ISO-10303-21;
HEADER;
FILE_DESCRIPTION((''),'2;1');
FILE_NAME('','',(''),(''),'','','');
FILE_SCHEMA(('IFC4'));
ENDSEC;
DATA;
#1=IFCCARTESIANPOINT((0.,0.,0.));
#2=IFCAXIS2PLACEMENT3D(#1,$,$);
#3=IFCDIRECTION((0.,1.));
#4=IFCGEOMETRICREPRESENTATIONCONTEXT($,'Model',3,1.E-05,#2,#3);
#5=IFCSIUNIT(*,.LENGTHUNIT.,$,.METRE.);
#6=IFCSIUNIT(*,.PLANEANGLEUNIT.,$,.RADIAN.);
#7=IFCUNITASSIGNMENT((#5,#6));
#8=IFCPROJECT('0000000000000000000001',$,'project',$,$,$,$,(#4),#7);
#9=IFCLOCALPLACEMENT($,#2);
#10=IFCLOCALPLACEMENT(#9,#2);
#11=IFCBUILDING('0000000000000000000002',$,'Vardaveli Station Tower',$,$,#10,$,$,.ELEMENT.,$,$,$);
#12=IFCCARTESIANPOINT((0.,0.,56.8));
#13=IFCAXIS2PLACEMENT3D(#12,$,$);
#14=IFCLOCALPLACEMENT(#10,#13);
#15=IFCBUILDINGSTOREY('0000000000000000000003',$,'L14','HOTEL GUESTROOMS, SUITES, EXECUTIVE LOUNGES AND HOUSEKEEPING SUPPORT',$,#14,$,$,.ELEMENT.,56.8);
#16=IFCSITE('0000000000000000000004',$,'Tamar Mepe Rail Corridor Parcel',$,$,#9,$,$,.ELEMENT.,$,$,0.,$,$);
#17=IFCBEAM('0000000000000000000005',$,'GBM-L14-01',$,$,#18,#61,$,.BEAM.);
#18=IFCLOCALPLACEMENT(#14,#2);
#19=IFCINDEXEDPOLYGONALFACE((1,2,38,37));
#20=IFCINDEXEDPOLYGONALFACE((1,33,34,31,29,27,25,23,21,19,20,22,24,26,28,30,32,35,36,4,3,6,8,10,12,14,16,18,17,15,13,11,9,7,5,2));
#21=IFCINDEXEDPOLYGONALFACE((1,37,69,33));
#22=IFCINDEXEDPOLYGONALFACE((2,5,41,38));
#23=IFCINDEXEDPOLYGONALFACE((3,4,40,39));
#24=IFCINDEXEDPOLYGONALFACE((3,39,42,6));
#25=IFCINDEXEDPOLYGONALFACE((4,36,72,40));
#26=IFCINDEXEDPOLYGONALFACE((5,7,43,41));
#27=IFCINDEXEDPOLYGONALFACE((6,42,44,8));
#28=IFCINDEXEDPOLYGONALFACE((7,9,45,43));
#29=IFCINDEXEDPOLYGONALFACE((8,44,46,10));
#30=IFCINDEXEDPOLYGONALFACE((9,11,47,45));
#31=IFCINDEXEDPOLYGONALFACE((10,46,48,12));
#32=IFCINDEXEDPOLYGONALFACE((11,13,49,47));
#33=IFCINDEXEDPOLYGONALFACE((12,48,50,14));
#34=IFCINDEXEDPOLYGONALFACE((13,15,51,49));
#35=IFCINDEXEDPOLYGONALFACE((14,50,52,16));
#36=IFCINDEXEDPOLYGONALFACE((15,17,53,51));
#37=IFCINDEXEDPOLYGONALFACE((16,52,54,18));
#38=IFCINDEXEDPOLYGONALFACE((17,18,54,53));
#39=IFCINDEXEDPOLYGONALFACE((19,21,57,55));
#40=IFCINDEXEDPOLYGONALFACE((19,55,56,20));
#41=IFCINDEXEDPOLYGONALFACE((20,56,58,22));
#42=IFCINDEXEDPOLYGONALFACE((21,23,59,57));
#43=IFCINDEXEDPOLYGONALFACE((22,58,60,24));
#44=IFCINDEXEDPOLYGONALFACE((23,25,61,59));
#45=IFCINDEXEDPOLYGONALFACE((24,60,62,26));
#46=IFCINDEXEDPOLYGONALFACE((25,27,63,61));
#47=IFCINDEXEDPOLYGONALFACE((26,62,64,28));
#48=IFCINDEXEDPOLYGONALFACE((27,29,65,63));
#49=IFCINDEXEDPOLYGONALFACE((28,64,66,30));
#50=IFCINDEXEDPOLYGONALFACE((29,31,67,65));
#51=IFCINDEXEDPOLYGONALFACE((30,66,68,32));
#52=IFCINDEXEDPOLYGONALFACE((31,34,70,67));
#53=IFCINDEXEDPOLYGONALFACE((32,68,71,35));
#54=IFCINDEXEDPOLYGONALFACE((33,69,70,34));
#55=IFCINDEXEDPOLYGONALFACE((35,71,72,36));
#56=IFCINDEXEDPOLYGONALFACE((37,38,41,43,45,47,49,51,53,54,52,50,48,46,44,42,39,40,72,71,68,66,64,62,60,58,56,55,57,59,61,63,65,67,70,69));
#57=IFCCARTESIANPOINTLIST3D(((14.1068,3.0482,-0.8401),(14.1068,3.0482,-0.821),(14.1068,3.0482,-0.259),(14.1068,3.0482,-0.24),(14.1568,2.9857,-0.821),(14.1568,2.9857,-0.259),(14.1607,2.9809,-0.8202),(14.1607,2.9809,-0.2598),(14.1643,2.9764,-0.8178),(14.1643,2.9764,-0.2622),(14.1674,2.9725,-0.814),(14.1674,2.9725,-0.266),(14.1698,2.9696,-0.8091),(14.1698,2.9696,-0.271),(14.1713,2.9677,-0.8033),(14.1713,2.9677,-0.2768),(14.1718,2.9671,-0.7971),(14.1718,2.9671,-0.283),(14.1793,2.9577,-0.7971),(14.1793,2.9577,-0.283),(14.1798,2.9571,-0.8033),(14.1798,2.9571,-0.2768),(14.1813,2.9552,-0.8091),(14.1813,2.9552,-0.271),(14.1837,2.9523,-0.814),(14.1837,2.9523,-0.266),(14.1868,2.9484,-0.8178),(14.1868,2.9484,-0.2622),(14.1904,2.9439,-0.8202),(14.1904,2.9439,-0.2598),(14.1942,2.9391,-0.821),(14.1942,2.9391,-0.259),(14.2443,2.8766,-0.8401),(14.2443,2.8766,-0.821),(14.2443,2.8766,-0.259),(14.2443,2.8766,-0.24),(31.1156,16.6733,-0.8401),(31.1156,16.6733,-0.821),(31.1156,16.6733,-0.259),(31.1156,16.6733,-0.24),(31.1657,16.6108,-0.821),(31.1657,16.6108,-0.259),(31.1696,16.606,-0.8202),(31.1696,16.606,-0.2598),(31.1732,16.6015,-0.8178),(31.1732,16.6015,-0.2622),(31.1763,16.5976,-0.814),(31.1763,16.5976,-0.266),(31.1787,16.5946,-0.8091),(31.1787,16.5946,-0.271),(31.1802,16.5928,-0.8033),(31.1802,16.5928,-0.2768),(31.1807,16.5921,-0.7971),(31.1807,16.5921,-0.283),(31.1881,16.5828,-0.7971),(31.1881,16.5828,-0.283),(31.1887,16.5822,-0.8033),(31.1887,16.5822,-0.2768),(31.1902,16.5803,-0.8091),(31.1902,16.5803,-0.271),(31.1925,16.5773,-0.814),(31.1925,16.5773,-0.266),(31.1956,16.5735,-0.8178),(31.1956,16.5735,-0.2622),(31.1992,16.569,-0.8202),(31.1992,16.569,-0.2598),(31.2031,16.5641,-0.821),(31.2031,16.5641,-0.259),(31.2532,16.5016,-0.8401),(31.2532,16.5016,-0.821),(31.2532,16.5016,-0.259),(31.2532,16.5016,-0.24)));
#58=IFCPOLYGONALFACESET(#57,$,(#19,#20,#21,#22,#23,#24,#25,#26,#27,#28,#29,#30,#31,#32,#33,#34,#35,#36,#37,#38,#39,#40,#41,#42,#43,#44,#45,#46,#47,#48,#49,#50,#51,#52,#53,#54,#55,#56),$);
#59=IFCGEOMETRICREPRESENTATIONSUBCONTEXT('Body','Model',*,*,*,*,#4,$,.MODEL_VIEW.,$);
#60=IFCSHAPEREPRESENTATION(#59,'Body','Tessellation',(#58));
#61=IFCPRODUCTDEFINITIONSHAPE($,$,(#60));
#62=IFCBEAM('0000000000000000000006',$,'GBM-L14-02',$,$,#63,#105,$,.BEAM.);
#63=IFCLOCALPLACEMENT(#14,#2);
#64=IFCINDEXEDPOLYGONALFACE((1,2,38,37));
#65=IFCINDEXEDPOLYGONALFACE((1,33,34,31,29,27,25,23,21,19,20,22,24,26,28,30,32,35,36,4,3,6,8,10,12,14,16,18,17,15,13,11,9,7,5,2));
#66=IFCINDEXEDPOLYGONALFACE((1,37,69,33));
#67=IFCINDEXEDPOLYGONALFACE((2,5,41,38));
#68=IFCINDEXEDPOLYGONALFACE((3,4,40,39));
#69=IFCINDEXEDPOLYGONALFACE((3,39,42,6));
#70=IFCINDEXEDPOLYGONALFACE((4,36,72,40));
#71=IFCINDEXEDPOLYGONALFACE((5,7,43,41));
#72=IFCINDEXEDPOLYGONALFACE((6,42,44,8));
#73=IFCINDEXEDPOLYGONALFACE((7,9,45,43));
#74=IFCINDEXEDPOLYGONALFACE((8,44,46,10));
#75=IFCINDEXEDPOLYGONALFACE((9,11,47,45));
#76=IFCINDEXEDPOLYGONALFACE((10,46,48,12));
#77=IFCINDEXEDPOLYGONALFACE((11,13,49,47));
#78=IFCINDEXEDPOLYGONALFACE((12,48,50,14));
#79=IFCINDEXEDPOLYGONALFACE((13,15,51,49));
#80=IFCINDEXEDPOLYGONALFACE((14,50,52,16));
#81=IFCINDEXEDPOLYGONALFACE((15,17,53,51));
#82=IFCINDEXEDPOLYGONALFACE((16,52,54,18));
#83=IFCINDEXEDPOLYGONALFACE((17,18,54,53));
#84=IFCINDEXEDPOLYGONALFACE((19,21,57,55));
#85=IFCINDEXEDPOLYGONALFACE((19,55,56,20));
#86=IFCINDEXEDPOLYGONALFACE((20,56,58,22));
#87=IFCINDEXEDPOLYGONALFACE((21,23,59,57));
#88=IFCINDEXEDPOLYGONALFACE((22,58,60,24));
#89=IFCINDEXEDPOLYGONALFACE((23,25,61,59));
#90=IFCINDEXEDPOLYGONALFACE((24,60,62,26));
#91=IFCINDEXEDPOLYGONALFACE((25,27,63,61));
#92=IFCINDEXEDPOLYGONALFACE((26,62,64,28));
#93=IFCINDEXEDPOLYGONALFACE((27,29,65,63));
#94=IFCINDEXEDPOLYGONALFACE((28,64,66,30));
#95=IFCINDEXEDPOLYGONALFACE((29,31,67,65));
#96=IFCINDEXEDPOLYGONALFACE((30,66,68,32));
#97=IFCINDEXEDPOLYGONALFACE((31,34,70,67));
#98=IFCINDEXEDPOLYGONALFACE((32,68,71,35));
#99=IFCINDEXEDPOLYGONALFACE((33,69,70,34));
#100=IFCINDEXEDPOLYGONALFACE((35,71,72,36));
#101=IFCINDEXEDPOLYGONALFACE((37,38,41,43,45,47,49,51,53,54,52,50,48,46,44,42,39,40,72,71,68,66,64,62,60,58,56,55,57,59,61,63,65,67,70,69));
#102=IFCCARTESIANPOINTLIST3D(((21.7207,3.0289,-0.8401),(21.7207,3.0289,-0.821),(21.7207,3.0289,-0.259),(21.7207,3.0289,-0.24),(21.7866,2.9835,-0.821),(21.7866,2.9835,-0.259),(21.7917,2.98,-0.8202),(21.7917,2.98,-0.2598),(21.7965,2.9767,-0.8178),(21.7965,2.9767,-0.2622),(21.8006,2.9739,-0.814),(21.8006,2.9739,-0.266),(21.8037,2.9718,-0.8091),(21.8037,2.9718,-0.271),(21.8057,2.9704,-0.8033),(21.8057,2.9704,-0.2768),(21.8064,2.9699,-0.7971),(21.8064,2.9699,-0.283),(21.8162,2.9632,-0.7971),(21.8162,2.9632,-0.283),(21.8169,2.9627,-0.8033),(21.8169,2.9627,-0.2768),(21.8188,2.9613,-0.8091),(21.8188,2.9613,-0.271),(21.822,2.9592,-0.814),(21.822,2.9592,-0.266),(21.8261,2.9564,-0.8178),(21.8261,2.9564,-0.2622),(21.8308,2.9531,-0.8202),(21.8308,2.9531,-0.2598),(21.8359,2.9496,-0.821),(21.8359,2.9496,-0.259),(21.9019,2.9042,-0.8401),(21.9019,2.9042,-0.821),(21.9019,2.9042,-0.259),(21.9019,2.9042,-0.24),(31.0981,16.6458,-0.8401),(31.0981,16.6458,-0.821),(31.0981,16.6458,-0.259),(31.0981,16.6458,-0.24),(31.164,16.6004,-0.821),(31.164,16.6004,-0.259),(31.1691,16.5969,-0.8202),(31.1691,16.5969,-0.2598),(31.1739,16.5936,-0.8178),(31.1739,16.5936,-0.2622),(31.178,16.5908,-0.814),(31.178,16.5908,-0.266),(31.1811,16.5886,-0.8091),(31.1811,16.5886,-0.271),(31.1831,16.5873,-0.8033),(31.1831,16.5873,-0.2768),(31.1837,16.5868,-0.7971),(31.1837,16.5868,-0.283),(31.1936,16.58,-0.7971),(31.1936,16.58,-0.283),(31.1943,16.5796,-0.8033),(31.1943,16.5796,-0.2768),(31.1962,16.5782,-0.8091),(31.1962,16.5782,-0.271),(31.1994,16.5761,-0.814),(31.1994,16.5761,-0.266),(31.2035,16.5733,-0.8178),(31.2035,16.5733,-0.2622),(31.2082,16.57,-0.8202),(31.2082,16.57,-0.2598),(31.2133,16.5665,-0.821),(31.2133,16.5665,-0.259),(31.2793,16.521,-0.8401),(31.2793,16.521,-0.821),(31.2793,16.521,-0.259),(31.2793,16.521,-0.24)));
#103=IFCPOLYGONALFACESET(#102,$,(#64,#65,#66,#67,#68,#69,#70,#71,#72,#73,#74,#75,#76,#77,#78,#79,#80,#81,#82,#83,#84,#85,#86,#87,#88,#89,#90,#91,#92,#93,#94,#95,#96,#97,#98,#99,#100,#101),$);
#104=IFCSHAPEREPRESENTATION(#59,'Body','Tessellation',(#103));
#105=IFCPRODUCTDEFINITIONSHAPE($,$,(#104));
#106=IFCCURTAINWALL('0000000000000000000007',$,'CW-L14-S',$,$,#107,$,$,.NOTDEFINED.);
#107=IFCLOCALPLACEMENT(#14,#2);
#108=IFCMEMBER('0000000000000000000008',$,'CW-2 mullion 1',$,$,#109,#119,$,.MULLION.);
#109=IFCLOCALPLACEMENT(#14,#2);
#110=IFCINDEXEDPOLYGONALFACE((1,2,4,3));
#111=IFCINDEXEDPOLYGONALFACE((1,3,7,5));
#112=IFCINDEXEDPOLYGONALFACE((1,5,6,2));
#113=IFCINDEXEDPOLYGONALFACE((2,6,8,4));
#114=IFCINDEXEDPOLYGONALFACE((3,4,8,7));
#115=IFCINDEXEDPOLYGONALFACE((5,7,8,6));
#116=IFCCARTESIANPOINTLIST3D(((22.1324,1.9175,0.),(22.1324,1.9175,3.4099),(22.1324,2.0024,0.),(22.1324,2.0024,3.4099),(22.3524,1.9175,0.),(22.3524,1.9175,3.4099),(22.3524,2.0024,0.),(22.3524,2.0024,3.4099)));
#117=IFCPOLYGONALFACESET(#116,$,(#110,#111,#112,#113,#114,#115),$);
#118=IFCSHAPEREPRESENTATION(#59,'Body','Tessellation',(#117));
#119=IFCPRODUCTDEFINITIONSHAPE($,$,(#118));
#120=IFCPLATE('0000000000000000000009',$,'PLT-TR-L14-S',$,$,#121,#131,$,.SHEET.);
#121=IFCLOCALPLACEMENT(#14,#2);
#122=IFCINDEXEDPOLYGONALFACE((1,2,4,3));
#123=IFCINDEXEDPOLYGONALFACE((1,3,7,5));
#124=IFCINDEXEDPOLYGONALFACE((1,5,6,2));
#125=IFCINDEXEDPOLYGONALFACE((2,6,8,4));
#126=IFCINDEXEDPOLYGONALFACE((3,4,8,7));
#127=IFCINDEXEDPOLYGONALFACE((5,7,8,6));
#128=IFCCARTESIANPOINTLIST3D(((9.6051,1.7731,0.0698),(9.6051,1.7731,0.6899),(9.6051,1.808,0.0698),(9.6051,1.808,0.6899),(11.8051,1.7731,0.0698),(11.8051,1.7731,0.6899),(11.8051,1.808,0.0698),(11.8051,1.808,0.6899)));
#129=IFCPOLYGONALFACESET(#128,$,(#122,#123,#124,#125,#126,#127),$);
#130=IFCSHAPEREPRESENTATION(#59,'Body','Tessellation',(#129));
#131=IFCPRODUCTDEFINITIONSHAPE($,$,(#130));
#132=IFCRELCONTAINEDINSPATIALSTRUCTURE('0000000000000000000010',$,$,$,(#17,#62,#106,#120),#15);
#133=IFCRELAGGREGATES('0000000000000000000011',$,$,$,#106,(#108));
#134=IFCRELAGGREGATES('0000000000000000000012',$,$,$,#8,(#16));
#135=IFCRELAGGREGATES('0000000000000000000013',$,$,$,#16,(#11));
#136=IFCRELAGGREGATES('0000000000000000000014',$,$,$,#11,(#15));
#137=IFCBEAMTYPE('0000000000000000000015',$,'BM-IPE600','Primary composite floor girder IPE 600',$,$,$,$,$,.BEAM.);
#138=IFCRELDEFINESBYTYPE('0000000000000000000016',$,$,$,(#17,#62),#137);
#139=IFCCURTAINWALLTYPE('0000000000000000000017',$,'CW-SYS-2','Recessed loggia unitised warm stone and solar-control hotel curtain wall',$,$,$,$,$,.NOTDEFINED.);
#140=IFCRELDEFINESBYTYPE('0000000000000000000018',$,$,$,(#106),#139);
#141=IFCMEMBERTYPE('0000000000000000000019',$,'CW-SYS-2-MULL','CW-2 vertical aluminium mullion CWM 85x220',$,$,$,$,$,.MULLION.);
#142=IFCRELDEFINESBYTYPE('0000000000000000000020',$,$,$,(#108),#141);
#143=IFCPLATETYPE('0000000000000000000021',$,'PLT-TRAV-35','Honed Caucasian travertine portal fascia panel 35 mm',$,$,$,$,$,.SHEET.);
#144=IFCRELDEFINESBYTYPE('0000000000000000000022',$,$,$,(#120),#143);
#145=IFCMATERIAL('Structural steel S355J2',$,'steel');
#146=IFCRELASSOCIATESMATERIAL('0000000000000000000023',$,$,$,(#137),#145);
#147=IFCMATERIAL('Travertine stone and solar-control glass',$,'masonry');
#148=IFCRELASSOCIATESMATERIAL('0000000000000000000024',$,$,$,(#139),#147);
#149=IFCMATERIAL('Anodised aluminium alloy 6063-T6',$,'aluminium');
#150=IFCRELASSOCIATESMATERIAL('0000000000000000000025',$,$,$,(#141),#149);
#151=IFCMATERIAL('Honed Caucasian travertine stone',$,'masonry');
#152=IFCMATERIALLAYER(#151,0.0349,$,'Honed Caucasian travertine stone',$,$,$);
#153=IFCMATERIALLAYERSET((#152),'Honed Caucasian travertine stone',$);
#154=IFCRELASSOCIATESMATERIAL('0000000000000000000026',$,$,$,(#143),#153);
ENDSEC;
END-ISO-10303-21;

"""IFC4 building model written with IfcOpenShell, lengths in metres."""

from ifc_helpers import new_model, si_unit, direction, frame, origin, origin_2d, place, context, subcontext, project, spatial, rectangle, i_section, extrude, source, transform, mapped, material, layer, layer_set, material_profile, profile_set, type_object, element, aggregate, save


model = new_model("IFC4")

# Units and contexts
model_context = context("Model", 3, precision=1e-05, world=origin(), true_north=direction((0.0, 1.0)))
body_context = subcontext(model_context, "Body", "Model", "MODEL_VIEW")
ifc_project = project(units=[si_unit("LENGTHUNIT", "METRE"), si_unit("PLANEANGLEUNIT", "RADIAN")], contexts=[model_context])

# Site, building, storey
site_placement = place(None, origin())
site = spatial("IfcSite", under=ifc_project, at=site_placement, Name="Tamar Mepe Rail Corridor Parcel", CompositionType="ELEMENT", RefElevation=0.0)
building_placement = place(site_placement, origin())
building = spatial("IfcBuilding", under=site, at=building_placement, Name="Vardaveli Station Tower", CompositionType="ELEMENT")
storey_placement = place(building_placement, frame((0.0, 0.0, 56.8)))
storey = spatial("IfcBuildingStorey", under=building, at=storey_placement, Name="L14", Description="HOTEL GUESTROOMS, SUITES, EXECUTIVE LOUNGES AND HOUSEKEEPING SUPPORT", CompositionType="ELEMENT", Elevation=56.8)

# Beams
ifc_material_1 = material(Name="Structural steel S355J2", Category="steel")
ifc_material_profile_1 = material_profile(ifc_material_1, i_section(OverallWidth=0.22, OverallDepth=0.6001, WebThickness=0.012, FlangeThickness=0.019, FilletRadius=0.0239, at=origin_2d()), Name="IPE 600")
ifc_profile_set_1 = profile_set([ifc_material_profile_1], Name="Structural steel S355J2")
beam_type_1 = type_object("IfcBeamType", Name="BM-IPE600", Description="Primary composite floor girder IPE 600", PredefinedType="BEAM", material=ifc_profile_set_1)
shared_shape_1 = source(origin(), body_context, "Body", "SweptSolid", [
    extrude(i_section(OverallWidth=0.22, OverallDepth=0.6001, WebThickness=0.012, FlangeThickness=0.019, FilletRadius=0.0239, at=origin_2d()), origin(), (0.0, 0.0, 1.0), 21.7932),
])
beam_1_placement = place(storey_placement, frame((14.1755, 2.9624, -0.54), z_axis=(0.780466, 0.625198, 0.0), x_axis=(-0.625198, 0.780466, 0.0)))
element("IfcBeam", 1, at=beam_1_placement, inside=storey, type_object=beam_type_1, Name="GBM-L14-01", PredefinedType="BEAM", context=body_context, shape_type="MappedRepresentation", body=[
    mapped(shared_shape_1, transform((0.0, 0.0, 0.0), scale=1.0)),
])
shared_shape_2 = source(origin(), body_context, "Body", "SweptSolid", [
    extrude(i_section(OverallWidth=0.22, OverallDepth=0.6001, WebThickness=0.012, FlangeThickness=0.019, FilletRadius=0.0239, at=origin_2d()), origin(), (0.0, 0.0, 1.0), 16.5334),
])
beam_2_placement = place(storey_placement, frame((21.8113, 2.9666, -0.54), z_axis=(0.567177, 0.823596, 0.0), x_axis=(-0.823596, 0.567177, 0.0)))
element("IfcBeam", 2, at=beam_2_placement, inside=storey, type_object=beam_type_1, Name="GBM-L14-02", PredefinedType="BEAM", context=body_context, shape_type="MappedRepresentation", body=[
    mapped(shared_shape_2, transform((0.0, 0.0, 0.0), scale=1.0)),
])

# Curtain wall, member
ifc_material_2 = material(Name="Travertine stone and solar-control glass", Category="masonry")
curtain_wall_type = type_object("IfcCurtainWallType", Name="CW-SYS-2", Description="Recessed loggia unitised warm stone and solar-control hotel curtain wall", PredefinedType="NOTDEFINED", material=ifc_material_2)
curtain_wall_placement = place(storey_placement, origin())
curtain_wall = element("IfcCurtainWall", 3, at=curtain_wall_placement, inside=storey, type_object=curtain_wall_type, Name="CW-L14-S", PredefinedType="NOTDEFINED")
ifc_material_3 = material(Name="Anodised aluminium alloy 6063-T6", Category="aluminium")
ifc_material_profile_2 = material_profile(ifc_material_3, rectangle(XDim=0.085, YDim=0.22, at=origin_2d()), Name="CWM 85x220")
ifc_profile_set_2 = profile_set([ifc_material_profile_2], Name="Anodised aluminium alloy 6063-T6")
member_type = type_object("IfcMemberType", Name="CW-SYS-2-MULL", Description="CW-2 vertical aluminium mullion CWM 85x220", PredefinedType="MULLION", material=ifc_profile_set_2)
shared_shape_3 = source(origin(), body_context, "Body", "SweptSolid", [
    extrude(rectangle(XDim=0.085, YDim=0.22, at=origin_2d()), origin(), (0.0, 0.0, 1.0), 3.4099),
])
member_placement = place(storey_placement, frame((22.2424, 1.96, 0.0), z_axis=(0.0, 0.0, 1.0), x_axis=(0.0, 1.0, 0.0)))
member = element("IfcMember", 4, at=member_placement, type_object=member_type, Name="CW-2 mullion 1", PredefinedType="MULLION", context=body_context, shape_type="MappedRepresentation", body=[
    mapped(shared_shape_3, transform((0.0, 0.0, 0.0), scale=1.0)),
])
aggregate(curtain_wall, [member])

# Plate
ifc_material_4 = material(Name="Honed Caucasian travertine stone", Category="masonry")
ifc_layer_1 = layer(ifc_material_4, 0.0349, Name="Honed Caucasian travertine stone")
ifc_layer_set_1 = layer_set([ifc_layer_1], Name="Honed Caucasian travertine stone")
plate_type = type_object("IfcPlateType", Name="PLT-TRAV-35", Description="Honed Caucasian travertine portal fascia panel 35 mm", PredefinedType="SHEET", material=ifc_layer_set_1)
shared_shape_4 = source(origin(), body_context, "Body", "SweptSolid", [
    extrude(rectangle(XDim=2.2, YDim=0.0349, at=origin_2d()), origin(), (0.0, 0.0, 1.0), 0.6201),
])
plate_placement = place(storey_placement, frame((10.7051, 1.7905, 0.0698), z_axis=(0.0, 0.0, 1.0), x_axis=(1.0, 0.0, 0.0)))
element("IfcPlate", 5, at=plate_placement, inside=storey, type_object=plate_type, Name="PLT-TR-L14-S", PredefinedType="SHEET", context=body_context, shape_type="MappedRepresentation", body=[
    mapped(shared_shape_4, transform((0.0, 0.0, 0.0), scale=1.0)),
])

save(model, "model.ifc")
